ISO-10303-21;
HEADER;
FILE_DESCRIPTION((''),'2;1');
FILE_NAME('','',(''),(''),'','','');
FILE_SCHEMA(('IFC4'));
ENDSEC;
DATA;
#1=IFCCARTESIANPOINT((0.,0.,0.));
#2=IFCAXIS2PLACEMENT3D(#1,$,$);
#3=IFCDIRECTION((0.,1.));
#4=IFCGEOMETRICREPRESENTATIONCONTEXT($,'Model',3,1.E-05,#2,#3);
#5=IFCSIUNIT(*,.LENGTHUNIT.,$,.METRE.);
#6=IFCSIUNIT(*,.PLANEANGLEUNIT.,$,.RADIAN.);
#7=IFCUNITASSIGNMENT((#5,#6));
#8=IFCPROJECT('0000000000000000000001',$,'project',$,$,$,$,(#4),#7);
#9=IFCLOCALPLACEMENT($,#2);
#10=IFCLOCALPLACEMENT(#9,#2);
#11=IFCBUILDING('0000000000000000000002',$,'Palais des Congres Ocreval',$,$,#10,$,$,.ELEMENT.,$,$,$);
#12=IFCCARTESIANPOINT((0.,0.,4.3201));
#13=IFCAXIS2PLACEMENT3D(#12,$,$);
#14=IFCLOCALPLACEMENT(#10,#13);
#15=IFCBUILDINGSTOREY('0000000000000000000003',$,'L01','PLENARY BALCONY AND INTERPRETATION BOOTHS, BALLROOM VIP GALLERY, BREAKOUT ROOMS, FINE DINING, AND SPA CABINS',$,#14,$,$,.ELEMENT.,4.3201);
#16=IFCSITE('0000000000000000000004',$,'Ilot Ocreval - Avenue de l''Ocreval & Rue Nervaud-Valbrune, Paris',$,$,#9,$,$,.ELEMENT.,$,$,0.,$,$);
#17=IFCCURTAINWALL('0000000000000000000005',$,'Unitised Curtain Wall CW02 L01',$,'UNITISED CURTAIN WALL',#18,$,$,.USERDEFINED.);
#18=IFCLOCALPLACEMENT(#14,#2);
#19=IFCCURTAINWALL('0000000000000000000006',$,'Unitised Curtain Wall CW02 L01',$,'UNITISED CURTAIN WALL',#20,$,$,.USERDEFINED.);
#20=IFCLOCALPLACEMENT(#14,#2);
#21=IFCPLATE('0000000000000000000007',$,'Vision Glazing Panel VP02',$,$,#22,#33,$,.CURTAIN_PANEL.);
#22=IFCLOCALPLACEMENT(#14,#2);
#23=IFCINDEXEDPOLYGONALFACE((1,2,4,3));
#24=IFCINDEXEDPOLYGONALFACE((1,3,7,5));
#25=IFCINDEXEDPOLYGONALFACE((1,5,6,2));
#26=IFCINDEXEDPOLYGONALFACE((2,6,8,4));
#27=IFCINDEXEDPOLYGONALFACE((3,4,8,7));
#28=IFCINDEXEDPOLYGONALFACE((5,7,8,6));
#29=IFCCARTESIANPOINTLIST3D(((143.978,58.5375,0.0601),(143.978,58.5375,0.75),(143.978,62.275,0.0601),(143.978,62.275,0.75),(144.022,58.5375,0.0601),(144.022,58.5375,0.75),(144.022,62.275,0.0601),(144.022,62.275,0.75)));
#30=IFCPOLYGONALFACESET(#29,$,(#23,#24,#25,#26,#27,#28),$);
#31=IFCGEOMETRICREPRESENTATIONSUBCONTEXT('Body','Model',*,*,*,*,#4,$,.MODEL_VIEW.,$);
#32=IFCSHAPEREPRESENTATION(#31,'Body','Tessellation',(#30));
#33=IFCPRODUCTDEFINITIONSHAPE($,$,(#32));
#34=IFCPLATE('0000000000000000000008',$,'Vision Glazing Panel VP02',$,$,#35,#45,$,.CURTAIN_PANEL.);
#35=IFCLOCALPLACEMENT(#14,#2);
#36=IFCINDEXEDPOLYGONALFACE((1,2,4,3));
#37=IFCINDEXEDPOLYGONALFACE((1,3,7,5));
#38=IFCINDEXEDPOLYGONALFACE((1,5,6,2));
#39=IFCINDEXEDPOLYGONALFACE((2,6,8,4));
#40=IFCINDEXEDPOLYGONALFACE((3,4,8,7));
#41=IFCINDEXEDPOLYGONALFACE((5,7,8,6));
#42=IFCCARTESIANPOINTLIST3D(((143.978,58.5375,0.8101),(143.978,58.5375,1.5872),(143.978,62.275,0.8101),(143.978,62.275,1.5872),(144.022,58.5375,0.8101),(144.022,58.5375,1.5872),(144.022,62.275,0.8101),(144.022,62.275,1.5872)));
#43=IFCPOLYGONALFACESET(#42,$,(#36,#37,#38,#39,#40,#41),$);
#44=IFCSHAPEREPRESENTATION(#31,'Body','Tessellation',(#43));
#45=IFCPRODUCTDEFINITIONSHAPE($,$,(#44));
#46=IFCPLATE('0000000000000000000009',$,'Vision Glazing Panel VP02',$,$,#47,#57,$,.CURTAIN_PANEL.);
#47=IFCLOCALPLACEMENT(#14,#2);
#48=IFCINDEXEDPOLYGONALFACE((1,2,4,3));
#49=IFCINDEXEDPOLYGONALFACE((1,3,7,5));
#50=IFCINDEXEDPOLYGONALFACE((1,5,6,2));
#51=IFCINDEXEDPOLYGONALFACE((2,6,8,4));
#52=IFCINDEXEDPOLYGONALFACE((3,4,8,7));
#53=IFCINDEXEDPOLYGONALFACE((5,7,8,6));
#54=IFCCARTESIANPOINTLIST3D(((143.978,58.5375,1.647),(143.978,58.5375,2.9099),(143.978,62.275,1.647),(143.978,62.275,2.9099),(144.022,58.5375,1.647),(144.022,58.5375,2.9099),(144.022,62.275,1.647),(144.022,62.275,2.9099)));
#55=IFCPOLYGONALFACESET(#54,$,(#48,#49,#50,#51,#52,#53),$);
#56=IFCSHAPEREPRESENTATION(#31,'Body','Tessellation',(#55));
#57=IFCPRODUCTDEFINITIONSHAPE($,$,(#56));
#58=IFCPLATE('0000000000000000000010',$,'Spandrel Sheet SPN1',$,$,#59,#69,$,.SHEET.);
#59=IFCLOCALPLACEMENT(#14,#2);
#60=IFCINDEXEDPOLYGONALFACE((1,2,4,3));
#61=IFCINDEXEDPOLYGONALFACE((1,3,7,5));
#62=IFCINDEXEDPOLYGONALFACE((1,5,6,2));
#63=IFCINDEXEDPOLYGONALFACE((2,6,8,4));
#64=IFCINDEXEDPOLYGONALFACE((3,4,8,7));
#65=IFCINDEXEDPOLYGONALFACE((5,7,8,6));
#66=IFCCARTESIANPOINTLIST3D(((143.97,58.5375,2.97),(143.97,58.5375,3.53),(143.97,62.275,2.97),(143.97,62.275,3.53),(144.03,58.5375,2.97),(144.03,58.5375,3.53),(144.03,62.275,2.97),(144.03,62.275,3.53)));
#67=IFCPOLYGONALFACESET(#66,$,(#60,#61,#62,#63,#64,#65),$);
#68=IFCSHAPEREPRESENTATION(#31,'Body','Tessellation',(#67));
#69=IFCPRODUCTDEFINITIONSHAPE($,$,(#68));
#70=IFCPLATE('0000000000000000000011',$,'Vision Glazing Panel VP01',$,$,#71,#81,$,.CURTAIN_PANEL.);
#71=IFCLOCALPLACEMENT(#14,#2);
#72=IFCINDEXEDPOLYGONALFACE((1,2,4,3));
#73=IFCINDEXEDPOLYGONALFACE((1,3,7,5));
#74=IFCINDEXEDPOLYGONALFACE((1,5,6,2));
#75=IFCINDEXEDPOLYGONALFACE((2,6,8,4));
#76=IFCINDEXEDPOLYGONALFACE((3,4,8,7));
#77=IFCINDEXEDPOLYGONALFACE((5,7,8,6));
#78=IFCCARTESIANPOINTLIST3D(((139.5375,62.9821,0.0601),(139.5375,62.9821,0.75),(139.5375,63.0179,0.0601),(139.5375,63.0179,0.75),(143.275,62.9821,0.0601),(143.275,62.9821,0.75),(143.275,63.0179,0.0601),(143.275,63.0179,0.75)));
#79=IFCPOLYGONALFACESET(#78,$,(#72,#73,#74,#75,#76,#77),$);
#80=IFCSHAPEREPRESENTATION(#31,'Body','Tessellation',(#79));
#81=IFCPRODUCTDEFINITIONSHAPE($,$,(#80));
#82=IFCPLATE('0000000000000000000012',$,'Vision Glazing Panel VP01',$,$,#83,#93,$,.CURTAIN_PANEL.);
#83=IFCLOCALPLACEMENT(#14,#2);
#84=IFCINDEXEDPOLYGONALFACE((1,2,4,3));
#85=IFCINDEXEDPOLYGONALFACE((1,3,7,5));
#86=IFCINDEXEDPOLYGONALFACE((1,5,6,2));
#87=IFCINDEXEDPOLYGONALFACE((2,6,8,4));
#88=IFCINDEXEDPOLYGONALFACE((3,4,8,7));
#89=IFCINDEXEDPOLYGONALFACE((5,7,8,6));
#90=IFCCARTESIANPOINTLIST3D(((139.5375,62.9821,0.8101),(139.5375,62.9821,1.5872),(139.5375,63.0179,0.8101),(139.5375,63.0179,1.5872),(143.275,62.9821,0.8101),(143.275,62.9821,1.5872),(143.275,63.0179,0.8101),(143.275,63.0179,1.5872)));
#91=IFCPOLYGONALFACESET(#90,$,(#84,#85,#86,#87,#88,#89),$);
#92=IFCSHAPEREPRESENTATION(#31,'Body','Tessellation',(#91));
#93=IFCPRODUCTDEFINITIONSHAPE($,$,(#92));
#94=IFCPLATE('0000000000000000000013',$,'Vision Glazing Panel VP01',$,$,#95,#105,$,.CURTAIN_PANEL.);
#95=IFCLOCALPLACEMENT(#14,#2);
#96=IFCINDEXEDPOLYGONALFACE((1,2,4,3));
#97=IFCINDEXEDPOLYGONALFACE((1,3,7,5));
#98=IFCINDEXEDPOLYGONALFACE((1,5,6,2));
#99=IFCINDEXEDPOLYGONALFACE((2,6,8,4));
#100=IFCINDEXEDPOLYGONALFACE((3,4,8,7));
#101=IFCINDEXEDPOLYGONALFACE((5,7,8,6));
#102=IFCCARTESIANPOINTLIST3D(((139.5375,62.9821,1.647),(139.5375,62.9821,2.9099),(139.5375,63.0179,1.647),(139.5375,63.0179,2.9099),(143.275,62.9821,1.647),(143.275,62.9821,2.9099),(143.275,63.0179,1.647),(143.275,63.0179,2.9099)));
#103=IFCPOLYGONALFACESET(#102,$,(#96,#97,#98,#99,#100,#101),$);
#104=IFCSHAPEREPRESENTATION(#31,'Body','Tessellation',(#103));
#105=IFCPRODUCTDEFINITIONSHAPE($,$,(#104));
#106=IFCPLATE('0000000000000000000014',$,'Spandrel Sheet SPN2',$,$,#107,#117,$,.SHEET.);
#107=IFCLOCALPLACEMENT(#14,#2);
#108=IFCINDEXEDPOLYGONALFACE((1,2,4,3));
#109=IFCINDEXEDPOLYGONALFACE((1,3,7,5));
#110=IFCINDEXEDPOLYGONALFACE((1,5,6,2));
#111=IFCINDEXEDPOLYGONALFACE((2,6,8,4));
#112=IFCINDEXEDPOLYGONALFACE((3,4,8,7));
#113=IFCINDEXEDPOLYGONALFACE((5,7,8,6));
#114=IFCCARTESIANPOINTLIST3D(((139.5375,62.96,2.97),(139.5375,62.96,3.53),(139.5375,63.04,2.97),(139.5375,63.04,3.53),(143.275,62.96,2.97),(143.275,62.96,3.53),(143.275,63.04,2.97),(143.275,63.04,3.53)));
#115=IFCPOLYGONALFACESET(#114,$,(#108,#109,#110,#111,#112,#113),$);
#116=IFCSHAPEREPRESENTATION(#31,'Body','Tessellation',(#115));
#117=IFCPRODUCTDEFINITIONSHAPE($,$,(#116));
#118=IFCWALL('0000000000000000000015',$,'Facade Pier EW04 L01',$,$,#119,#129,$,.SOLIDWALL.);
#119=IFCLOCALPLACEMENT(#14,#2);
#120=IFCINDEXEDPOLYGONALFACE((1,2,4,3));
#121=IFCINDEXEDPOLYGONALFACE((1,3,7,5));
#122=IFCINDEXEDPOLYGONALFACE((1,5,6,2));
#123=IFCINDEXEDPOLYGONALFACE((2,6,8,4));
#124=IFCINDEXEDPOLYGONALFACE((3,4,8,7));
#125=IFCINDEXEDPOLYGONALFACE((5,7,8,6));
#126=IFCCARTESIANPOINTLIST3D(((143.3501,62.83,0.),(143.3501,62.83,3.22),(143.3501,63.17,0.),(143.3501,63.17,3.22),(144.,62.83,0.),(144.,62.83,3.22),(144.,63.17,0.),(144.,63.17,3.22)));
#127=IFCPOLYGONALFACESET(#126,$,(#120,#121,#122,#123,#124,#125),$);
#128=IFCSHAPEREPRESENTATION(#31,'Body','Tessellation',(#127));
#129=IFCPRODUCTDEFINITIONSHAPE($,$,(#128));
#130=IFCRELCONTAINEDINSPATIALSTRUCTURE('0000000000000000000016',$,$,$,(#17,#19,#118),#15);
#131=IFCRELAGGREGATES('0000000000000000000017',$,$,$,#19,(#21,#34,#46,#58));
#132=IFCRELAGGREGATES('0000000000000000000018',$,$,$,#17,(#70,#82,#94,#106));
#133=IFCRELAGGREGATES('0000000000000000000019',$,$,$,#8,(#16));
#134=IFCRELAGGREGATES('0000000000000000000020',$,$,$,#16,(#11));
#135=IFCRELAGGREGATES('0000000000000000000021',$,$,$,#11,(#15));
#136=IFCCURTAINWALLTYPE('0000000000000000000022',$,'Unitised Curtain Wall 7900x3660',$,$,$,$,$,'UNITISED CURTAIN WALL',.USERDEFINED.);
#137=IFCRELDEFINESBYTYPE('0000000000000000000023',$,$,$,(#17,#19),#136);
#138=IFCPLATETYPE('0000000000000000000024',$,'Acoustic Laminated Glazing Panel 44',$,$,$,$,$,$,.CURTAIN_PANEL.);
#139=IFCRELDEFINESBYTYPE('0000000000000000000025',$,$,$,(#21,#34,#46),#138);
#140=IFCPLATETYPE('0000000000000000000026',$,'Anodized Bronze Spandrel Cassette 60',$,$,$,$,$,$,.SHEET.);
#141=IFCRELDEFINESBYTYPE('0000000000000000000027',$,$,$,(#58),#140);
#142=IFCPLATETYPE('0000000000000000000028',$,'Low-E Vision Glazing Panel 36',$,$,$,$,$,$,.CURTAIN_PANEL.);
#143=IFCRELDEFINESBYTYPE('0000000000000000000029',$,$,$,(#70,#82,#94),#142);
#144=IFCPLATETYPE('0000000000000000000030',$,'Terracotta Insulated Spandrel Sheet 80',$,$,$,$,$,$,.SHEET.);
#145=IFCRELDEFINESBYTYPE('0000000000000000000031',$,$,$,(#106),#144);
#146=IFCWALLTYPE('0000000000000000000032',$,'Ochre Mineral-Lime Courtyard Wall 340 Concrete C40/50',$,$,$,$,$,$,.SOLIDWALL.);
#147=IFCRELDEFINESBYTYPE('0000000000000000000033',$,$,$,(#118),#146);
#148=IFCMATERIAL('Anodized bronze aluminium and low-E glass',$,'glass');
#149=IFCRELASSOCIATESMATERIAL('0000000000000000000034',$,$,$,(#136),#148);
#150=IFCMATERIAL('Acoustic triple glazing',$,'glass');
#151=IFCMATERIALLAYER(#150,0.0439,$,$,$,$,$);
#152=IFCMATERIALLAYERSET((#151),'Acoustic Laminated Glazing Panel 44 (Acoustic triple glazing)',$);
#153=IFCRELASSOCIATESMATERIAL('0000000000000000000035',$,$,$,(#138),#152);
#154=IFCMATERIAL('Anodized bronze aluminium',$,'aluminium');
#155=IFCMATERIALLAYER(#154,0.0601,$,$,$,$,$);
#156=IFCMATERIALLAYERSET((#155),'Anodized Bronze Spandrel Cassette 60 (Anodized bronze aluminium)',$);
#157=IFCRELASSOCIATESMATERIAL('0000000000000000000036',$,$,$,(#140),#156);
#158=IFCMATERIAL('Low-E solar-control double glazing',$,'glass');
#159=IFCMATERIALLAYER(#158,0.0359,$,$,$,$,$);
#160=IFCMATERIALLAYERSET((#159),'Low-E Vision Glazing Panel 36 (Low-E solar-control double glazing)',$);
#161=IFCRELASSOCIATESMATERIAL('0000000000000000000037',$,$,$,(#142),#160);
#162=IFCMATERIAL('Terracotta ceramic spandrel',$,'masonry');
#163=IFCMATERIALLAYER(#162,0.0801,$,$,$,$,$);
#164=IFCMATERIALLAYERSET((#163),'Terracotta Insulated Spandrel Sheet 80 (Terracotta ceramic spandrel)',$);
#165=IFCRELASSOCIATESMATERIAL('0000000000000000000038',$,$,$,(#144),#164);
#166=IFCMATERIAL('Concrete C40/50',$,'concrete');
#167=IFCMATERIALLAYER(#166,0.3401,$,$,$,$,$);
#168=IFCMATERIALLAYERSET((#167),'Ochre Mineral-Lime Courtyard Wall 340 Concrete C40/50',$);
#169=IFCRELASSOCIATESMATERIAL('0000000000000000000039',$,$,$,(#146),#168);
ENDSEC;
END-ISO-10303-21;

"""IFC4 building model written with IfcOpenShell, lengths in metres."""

from ifc_helpers import new_model, si_unit, direction, frame, frame_2d, origin, origin_2d, place, context, subcontext, project, spatial, rectangle, extrude, material, layer, layer_set, type_object, element, aggregate, save


model = new_model("IFC4")

# Units and contexts
model_context = context("Model", 3, precision=1e-05, world=origin(), true_north=direction((0.0, 1.0)))
body_context = subcontext(model_context, "Body", "Model", "MODEL_VIEW")
ifc_project = project(units=[si_unit("LENGTHUNIT", "METRE"), si_unit("PLANEANGLEUNIT", "RADIAN")], contexts=[model_context])

# Site, building, storey
site_placement = place(None, origin())
site = spatial("IfcSite", under=ifc_project, at=site_placement, Name="Ilot Ocreval - Avenue de l'Ocreval & Rue Nervaud-Valbrune, Paris", CompositionType="ELEMENT", RefElevation=0.0)
building_placement = place(site_placement, origin())
building = spatial("IfcBuilding", under=site, at=building_placement, Name="Palais des Congres Ocreval", CompositionType="ELEMENT")
storey_placement = place(building_placement, frame((0.0, 0.0, 4.3201)))
storey = spatial("IfcBuildingStorey", under=building, at=storey_placement, Name="L01", Description="PLENARY BALCONY AND INTERPRETATION BOOTHS, BALLROOM VIP GALLERY, BREAKOUT ROOMS, FINE DINING, AND SPA CABINS", CompositionType="ELEMENT", Elevation=4.3201)

# Curtain wall
ifc_material_1 = material(Name="Anodized bronze aluminium and low-E glass", Category="glass")
curtain_wall_type = type_object("IfcCurtainWallType", Name="Unitised Curtain Wall 7900x3660", ElementType="UNITISED CURTAIN WALL", PredefinedType="USERDEFINED", material=ifc_material_1)
curtain_wall_1_placement = place(storey_placement, origin())
curtain_wall_1 = element("IfcCurtainWall", 1, at=curtain_wall_1_placement, inside=storey, type_object=curtain_wall_type, Name="Unitised Curtain Wall CW02 L01", ObjectType="UNITISED CURTAIN WALL", PredefinedType="USERDEFINED")
ifc_material_2 = material(Name="Anodized bronze aluminium", Category="aluminium")

# Curtain wall
curtain_wall_2_placement = place(storey_placement, origin())
curtain_wall_2 = element("IfcCurtainWall", 2, at=curtain_wall_2_placement, inside=storey, type_object=curtain_wall_type, Name="Unitised Curtain Wall CW02 L01", ObjectType="UNITISED CURTAIN WALL", PredefinedType="USERDEFINED")

# Plates
ifc_material_3 = material(Name="Acoustic triple glazing", Category="glass")
ifc_layer_1 = layer(ifc_material_3, 0.0439)
ifc_layer_set_1 = layer_set([ifc_layer_1], Name="Acoustic Laminated Glazing Panel 44 (Acoustic triple glazing)")
plate_type_1 = type_object("IfcPlateType", Name="Acoustic Laminated Glazing Panel 44", PredefinedType="CURTAIN_PANEL", material=ifc_layer_set_1)
plate_1_placement = place(storey_placement, frame((144.0, 60.4062, 0.0601), z_axis=(0.0, 0.0, 1.0), x_axis=(0.0, -1.0, 0.0)))
plate_1 = element("IfcPlate", 3, at=plate_1_placement, type_object=plate_type_1, Name="Vision Glazing Panel VP02", PredefinedType="CURTAIN_PANEL", context=body_context, shape_type="SweptSolid", body=[
    extrude(rectangle(XDim=3.7375, YDim=0.0439, at=origin_2d()), origin(), (0.0, 0.0, 1.0), 0.6899),
])
plate_2_placement = place(storey_placement, frame((144.0, 60.4062, 0.8101), z_axis=(0.0, 0.0, 1.0), x_axis=(0.0, -1.0, 0.0)))
plate_2 = element("IfcPlate", 4, at=plate_2_placement, type_object=plate_type_1, Name="Vision Glazing Panel VP02", PredefinedType="CURTAIN_PANEL", context=body_context, shape_type="SweptSolid", body=[
    extrude(rectangle(XDim=3.7375, YDim=0.0439, at=origin_2d()), origin(), (0.0, 0.0, 1.0), 0.7771),
])
plate_3_placement = place(storey_placement, frame((144.0, 60.4062, 1.647), z_axis=(0.0, 0.0, 1.0), x_axis=(0.0, -1.0, 0.0)))
plate_3 = element("IfcPlate", 5, at=plate_3_placement, type_object=plate_type_1, Name="Vision Glazing Panel VP02", PredefinedType="CURTAIN_PANEL", context=body_context, shape_type="SweptSolid", body=[
    extrude(rectangle(XDim=3.7375, YDim=0.0439, at=origin_2d()), origin(), (0.0, 0.0, 1.0), 1.2629),
])
ifc_layer_2 = layer(ifc_material_2, 0.0601)
ifc_layer_set_2 = layer_set([ifc_layer_2], Name="Anodized Bronze Spandrel Cassette 60 (Anodized bronze aluminium)")
plate_type_2 = type_object("IfcPlateType", Name="Anodized Bronze Spandrel Cassette 60", PredefinedType="SHEET", material=ifc_layer_set_2)
plate_4_placement = place(storey_placement, frame((144.0, 60.4062, 2.97), z_axis=(0.0, 0.0, 1.0), x_axis=(0.0, -1.0, 0.0)))
plate_4 = element("IfcPlate", 6, at=plate_4_placement, type_object=plate_type_2, Name="Spandrel Sheet SPN1", PredefinedType="SHEET", context=body_context, shape_type="SweptSolid", body=[
    extrude(rectangle(XDim=3.7375, YDim=0.0601, at=origin_2d()), origin(), (0.0, 0.0, 1.0), 0.5601),
])
aggregate(curtain_wall_2, [plate_1, plate_2, plate_3, plate_4])
ifc_material_4 = material(Name="Low-E solar-control double glazing", Category="glass")
ifc_layer_3 = layer(ifc_material_4, 0.0359)
ifc_layer_set_3 = layer_set([ifc_layer_3], Name="Low-E Vision Glazing Panel 36 (Low-E solar-control double glazing)")
plate_type_3 = type_object("IfcPlateType", Name="Low-E Vision Glazing Panel 36", PredefinedType="CURTAIN_PANEL", material=ifc_layer_set_3)
plate_5_placement = place(storey_placement, frame((141.4062, 63.0, 0.0601), z_axis=(0.0, 0.0, 1.0), x_axis=(1.0, 0.0, 0.0)))
plate_5 = element("IfcPlate", 7, at=plate_5_placement, type_object=plate_type_3, Name="Vision Glazing Panel VP01", PredefinedType="CURTAIN_PANEL", context=body_context, shape_type="SweptSolid", body=[
    extrude(rectangle(XDim=3.7375, YDim=0.0359, at=origin_2d()), origin(), (0.0, 0.0, 1.0), 0.6899),
])
plate_6_placement = place(storey_placement, frame((141.4062, 63.0, 0.8101), z_axis=(0.0, 0.0, 1.0), x_axis=(1.0, 0.0, 0.0)))
plate_6 = element("IfcPlate", 8, at=plate_6_placement, type_object=plate_type_3, Name="Vision Glazing Panel VP01", PredefinedType="CURTAIN_PANEL", context=body_context, shape_type="SweptSolid", body=[
    extrude(rectangle(XDim=3.7375, YDim=0.0359, at=origin_2d()), origin(), (0.0, 0.0, 1.0), 0.7771),
])
plate_7_placement = place(storey_placement, frame((141.4062, 63.0, 1.647), z_axis=(0.0, 0.0, 1.0), x_axis=(1.0, 0.0, 0.0)))
plate_7 = element("IfcPlate", 9, at=plate_7_placement, type_object=plate_type_3, Name="Vision Glazing Panel VP01", PredefinedType="CURTAIN_PANEL", context=body_context, shape_type="SweptSolid", body=[
    extrude(rectangle(XDim=3.7375, YDim=0.0359, at=origin_2d()), origin(), (0.0, 0.0, 1.0), 1.2629),
])
ifc_material_5 = material(Name="Terracotta ceramic spandrel", Category="masonry")
ifc_layer_4 = layer(ifc_material_5, 0.0801)
ifc_layer_set_4 = layer_set([ifc_layer_4], Name="Terracotta Insulated Spandrel Sheet 80 (Terracotta ceramic spandrel)")
plate_type_4 = type_object("IfcPlateType", Name="Terracotta Insulated Spandrel Sheet 80", PredefinedType="SHEET", material=ifc_layer_set_4)
plate_8_placement = place(storey_placement, frame((141.4062, 63.0, 2.97), z_axis=(0.0, 0.0, 1.0), x_axis=(1.0, 0.0, 0.0)))
plate_8 = element("IfcPlate", 10, at=plate_8_placement, type_object=plate_type_4, Name="Spandrel Sheet SPN2", PredefinedType="SHEET", context=body_context, shape_type="SweptSolid", body=[
    extrude(rectangle(XDim=3.7375, YDim=0.0801, at=origin_2d()), origin(), (0.0, 0.0, 1.0), 0.5601),
])
aggregate(curtain_wall_1, [plate_5, plate_6, plate_7, plate_8])

# Wall
ifc_material_6 = material(Name="Concrete C40/50", Category="concrete")
ifc_layer_5 = layer(ifc_material_6, 0.3401)
ifc_layer_set_5 = layer_set([ifc_layer_5], Name="Ochre Mineral-Lime Courtyard Wall 340 Concrete C40/50")
wall_type = type_object("IfcWallType", Name="Ochre Mineral-Lime Courtyard Wall 340 Concrete C40/50", PredefinedType="SOLIDWALL", material=ifc_layer_set_5)
wall_placement = place(storey_placement, frame((143.3501, 63.0, 0.0), z_axis=(0.0, 0.0, 1.0), x_axis=(1.0, 0.0, 0.0)))
element("IfcWall", 11, at=wall_placement, inside=storey, type_object=wall_type, Name="Facade Pier EW04 L01", PredefinedType="SOLIDWALL", context=body_context, shape_type="SweptSolid", body=[
    extrude(rectangle(XDim=0.6499, YDim=0.3401, at=frame_2d((0.325, 0.0))), origin(), (0.0, 0.0, 1.0), 3.22),
])

save(model, "model.ifc")
